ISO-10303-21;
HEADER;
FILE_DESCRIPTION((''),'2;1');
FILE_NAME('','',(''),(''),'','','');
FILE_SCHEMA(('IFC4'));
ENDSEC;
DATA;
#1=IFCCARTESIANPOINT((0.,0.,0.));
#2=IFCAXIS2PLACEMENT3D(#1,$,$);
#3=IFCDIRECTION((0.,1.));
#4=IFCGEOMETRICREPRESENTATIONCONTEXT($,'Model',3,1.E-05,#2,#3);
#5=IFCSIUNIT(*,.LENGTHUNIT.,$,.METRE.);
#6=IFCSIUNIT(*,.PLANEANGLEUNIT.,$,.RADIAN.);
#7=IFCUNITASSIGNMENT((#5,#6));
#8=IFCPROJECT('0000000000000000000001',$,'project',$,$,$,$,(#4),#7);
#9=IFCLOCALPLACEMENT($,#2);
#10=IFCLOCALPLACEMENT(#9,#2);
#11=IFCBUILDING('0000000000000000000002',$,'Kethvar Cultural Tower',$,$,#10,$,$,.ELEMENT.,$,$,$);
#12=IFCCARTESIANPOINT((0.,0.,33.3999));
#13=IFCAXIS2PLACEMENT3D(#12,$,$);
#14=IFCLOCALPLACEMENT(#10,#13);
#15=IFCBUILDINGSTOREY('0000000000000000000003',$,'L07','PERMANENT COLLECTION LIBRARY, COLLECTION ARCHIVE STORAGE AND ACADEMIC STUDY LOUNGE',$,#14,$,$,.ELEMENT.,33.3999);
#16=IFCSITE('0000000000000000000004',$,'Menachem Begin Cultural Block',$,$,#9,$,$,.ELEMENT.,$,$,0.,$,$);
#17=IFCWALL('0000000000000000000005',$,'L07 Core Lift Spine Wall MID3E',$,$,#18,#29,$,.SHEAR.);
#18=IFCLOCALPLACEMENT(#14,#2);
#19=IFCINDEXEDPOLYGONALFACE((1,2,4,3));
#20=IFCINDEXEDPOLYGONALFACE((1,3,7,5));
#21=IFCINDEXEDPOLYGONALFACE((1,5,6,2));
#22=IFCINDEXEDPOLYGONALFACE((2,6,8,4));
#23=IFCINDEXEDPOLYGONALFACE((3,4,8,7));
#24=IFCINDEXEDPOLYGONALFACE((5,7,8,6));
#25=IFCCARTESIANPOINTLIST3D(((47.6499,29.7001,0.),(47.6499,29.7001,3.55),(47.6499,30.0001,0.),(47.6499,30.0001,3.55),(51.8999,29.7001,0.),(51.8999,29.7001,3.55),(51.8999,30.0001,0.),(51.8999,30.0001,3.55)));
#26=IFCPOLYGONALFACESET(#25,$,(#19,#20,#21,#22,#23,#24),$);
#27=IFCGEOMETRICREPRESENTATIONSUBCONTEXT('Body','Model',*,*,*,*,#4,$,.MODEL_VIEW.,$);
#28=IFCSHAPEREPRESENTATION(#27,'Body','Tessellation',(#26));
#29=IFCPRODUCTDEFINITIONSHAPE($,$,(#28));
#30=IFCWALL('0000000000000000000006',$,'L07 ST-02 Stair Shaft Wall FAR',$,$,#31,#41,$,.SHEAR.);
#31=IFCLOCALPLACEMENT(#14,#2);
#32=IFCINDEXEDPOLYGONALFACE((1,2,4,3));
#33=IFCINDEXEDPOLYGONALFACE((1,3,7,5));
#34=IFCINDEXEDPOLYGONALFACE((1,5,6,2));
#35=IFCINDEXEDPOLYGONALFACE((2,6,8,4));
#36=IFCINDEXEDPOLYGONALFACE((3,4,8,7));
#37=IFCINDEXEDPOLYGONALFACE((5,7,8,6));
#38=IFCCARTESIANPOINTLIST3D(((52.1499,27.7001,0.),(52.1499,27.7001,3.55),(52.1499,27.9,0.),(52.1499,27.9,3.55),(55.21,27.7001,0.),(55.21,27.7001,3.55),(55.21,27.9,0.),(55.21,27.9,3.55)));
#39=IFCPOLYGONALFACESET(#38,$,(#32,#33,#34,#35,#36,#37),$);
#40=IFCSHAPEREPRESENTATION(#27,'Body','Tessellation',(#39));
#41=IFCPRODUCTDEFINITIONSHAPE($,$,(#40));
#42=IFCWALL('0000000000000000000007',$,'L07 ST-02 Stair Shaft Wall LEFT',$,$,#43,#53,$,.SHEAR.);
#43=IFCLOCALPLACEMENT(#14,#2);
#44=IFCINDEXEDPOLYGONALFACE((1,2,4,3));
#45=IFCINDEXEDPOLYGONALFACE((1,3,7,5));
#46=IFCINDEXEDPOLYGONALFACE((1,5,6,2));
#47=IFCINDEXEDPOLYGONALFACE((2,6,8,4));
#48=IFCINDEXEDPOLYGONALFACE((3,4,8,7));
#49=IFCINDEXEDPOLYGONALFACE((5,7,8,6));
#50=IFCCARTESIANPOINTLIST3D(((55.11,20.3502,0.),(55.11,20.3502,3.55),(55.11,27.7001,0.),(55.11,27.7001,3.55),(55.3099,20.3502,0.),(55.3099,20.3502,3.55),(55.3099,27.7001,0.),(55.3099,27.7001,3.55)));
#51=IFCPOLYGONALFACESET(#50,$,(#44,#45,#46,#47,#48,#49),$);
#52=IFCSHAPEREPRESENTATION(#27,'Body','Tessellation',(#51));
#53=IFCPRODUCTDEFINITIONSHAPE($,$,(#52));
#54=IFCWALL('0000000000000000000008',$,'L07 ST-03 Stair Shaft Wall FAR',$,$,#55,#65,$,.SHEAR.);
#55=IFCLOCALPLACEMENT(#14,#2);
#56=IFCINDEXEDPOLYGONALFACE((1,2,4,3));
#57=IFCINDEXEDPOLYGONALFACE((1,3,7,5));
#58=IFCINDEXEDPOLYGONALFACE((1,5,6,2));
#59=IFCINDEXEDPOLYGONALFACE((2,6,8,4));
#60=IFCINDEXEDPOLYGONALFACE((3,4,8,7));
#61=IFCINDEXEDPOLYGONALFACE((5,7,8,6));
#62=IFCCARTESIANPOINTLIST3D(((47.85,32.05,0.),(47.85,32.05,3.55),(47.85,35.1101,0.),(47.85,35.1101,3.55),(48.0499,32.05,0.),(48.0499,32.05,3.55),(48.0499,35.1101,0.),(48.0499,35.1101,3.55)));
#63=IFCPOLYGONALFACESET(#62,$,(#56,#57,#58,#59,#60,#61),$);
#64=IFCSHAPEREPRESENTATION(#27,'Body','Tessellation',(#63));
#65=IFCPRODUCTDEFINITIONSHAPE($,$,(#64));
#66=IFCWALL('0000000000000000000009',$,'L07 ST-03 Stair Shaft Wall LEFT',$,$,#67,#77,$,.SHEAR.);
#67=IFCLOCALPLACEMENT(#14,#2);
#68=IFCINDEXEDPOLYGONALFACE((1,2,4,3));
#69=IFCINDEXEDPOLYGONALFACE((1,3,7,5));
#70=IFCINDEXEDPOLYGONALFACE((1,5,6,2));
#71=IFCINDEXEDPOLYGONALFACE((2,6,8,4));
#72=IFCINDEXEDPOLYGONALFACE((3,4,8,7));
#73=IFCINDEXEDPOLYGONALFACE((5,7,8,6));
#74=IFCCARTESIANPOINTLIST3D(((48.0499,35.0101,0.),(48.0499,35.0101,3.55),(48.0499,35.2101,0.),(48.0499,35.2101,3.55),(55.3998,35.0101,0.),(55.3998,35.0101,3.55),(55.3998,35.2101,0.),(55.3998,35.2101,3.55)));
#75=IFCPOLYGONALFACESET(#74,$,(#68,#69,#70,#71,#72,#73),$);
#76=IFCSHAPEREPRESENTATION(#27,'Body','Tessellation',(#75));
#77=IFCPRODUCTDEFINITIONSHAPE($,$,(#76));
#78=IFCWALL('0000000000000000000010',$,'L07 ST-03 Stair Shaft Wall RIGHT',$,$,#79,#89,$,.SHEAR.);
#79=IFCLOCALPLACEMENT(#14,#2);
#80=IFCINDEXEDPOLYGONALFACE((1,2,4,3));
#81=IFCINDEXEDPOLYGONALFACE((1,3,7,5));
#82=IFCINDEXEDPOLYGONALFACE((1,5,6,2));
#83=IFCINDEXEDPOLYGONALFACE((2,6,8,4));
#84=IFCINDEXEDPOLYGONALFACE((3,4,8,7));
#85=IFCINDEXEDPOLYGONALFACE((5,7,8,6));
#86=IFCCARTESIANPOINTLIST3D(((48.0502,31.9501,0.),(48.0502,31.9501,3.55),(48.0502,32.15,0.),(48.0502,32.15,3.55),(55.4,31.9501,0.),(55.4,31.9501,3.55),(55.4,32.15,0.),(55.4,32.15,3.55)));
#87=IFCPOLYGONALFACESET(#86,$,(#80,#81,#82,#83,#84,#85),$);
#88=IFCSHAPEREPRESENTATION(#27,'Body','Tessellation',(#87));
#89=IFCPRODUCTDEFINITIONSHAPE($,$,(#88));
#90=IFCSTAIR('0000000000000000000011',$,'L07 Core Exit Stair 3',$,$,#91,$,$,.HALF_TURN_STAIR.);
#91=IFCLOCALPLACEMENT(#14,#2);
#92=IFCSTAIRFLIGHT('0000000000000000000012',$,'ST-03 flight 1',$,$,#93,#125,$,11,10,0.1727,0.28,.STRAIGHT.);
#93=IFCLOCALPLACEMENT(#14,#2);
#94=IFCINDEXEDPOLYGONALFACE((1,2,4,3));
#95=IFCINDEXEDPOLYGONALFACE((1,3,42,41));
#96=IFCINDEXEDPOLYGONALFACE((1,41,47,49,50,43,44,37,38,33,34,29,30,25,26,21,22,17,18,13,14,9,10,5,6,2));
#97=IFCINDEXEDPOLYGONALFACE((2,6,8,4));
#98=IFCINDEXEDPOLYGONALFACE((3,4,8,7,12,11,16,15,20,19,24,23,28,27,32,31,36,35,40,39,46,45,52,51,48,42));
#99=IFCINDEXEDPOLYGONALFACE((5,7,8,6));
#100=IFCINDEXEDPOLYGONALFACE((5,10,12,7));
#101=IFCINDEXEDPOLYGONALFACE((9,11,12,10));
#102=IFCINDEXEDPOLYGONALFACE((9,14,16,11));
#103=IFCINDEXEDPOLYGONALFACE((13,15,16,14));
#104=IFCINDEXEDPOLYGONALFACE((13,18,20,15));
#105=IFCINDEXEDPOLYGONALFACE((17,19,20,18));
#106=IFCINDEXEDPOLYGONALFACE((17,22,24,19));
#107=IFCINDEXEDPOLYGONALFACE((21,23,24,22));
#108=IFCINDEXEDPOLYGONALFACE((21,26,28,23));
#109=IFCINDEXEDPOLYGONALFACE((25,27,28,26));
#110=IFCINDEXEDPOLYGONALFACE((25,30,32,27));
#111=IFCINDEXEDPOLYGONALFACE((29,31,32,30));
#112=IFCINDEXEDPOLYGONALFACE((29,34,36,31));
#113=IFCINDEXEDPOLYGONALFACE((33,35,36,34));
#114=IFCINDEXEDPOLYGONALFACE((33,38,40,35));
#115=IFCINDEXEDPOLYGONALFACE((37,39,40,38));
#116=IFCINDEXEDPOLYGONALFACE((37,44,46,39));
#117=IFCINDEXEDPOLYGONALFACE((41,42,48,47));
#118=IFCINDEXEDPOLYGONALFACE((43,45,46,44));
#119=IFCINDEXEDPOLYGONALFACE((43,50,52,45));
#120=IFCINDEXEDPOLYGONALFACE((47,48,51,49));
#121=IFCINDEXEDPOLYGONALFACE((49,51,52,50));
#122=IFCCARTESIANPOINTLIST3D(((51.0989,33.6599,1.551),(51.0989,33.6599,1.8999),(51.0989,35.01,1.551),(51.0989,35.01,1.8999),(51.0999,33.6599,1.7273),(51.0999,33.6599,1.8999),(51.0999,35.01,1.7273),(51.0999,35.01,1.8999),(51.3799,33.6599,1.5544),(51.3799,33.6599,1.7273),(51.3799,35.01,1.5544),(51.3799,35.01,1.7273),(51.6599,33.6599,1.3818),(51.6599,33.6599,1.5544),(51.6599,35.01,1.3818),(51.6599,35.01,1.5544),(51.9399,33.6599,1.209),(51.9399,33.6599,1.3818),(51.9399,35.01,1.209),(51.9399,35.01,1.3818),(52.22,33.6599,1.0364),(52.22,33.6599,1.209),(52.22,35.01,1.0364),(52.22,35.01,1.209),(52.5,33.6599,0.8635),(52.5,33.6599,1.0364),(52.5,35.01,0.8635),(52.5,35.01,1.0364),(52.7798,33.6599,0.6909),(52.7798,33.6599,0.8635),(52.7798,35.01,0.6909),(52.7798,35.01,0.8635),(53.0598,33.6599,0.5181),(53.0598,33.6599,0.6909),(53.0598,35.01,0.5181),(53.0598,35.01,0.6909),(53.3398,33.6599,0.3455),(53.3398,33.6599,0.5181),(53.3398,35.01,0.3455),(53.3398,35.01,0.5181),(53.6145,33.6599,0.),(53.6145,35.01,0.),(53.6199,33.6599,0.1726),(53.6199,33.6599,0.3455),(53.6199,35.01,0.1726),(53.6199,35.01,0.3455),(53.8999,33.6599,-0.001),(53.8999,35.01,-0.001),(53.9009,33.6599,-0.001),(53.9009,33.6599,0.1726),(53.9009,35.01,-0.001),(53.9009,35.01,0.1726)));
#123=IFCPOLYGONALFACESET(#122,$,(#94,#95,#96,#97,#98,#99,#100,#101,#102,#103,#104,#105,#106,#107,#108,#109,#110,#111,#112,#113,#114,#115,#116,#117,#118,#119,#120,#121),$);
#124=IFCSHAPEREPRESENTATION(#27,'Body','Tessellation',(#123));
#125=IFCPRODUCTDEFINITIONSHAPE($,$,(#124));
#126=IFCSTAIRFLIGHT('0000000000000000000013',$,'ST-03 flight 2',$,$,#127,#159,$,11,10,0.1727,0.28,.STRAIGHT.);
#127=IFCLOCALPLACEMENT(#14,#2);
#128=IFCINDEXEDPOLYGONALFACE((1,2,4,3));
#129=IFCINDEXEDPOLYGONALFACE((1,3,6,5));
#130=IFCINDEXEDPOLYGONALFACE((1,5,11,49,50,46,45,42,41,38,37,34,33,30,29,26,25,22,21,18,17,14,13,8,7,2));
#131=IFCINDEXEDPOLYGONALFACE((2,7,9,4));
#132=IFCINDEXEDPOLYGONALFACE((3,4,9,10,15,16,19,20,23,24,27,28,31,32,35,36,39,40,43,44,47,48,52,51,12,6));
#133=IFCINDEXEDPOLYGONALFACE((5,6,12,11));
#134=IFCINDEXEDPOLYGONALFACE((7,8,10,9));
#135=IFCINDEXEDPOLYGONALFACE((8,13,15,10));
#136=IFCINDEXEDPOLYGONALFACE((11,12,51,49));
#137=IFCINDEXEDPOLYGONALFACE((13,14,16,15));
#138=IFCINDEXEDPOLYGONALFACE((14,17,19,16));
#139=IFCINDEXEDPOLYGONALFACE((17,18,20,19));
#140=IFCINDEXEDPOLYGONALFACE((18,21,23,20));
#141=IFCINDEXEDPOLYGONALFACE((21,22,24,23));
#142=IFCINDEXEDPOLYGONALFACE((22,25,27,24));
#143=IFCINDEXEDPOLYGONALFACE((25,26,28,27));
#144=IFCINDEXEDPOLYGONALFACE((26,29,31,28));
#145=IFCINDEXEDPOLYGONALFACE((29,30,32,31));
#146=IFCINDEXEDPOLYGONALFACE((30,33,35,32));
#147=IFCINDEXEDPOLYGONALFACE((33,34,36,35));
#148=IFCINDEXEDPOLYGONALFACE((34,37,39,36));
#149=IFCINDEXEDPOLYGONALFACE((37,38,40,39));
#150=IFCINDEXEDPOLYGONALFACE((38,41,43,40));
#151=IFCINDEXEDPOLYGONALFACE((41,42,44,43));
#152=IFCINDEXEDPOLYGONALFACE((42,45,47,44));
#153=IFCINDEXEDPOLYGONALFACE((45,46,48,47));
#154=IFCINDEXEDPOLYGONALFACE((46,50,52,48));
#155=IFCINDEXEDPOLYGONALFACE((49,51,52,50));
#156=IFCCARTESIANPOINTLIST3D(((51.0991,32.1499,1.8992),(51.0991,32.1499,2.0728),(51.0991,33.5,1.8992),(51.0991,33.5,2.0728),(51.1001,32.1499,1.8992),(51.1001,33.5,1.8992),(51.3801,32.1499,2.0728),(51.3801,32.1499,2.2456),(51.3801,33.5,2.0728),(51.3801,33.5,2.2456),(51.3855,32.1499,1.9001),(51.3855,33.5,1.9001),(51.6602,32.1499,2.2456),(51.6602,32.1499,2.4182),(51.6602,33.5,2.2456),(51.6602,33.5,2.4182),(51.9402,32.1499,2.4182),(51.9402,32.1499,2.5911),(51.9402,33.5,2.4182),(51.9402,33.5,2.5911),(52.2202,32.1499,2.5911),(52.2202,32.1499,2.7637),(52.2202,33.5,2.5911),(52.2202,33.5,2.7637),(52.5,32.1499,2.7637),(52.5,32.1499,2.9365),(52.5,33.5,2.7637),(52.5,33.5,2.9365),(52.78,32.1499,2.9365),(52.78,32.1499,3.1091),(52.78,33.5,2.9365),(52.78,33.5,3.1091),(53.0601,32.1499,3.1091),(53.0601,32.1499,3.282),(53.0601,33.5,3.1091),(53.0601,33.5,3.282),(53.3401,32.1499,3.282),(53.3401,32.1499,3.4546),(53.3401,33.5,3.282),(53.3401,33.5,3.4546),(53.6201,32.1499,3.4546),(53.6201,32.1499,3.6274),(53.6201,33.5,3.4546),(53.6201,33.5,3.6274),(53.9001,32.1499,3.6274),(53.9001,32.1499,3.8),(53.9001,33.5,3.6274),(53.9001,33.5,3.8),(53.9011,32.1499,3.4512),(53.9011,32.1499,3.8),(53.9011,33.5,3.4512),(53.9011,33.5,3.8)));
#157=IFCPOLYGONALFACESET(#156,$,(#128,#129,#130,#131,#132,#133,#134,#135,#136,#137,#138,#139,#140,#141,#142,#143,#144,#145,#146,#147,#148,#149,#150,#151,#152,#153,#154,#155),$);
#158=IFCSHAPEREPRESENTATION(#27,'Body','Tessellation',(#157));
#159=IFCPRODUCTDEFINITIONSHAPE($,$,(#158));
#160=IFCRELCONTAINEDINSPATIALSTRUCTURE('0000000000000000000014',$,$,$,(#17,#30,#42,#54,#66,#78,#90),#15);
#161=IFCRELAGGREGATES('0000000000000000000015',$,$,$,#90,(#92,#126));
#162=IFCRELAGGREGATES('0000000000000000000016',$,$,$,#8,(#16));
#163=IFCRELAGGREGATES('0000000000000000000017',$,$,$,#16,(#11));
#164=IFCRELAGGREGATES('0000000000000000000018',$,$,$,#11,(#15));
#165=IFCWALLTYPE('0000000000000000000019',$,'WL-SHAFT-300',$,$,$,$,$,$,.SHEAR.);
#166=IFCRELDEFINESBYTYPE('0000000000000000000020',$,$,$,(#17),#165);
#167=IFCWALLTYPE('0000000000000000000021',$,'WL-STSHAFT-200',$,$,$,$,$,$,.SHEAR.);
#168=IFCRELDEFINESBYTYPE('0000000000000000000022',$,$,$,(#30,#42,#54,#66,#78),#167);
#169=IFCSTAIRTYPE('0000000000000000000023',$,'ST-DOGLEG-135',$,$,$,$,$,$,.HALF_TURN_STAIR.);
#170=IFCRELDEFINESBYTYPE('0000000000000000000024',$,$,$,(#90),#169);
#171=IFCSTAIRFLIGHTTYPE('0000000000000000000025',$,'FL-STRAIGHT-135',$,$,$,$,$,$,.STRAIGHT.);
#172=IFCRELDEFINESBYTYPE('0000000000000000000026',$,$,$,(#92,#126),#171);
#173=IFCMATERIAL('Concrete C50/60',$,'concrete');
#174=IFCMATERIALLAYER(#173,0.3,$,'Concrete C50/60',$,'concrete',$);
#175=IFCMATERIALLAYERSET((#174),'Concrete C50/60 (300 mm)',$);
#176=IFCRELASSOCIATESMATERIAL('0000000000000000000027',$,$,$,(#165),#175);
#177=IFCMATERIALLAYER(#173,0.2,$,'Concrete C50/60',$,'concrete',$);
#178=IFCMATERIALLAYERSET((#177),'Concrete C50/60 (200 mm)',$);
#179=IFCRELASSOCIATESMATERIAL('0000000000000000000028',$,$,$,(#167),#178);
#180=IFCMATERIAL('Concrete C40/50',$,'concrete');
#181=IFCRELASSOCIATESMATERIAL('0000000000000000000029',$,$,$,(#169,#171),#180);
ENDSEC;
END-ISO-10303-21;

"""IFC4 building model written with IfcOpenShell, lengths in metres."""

from ifc_helpers import new_model, si_unit, direction, frame, frame_2d, origin, place, context, subcontext, project, spatial, polyline, rectangle, outline, extrude, material, layer, layer_set, type_object, element, aggregate, save


model = new_model("IFC4")

# Units and contexts
model_context = context("Model", 3, precision=1e-05, world=origin(), true_north=direction((0.0, 1.0)))
body_context = subcontext(model_context, "Body", "Model", "MODEL_VIEW")
ifc_project = project(units=[si_unit("LENGTHUNIT", "METRE"), si_unit("PLANEANGLEUNIT", "RADIAN")], contexts=[model_context])

# Site, building, storey
site_placement = place(None, origin())
site = spatial("IfcSite", under=ifc_project, at=site_placement, Name="Menachem Begin Cultural Block", CompositionType="ELEMENT", RefElevation=0.0)
building_placement = place(site_placement, origin())
building = spatial("IfcBuilding", under=site, at=building_placement, Name="Kethvar Cultural Tower", CompositionType="ELEMENT")
storey_placement = place(building_placement, frame((0.0, 0.0, 33.3999)))
storey = spatial("IfcBuildingStorey", under=building, at=storey_placement, Name="L07", Description="PERMANENT COLLECTION LIBRARY, COLLECTION ARCHIVE STORAGE AND ACADEMIC STUDY LOUNGE", CompositionType="ELEMENT", Elevation=33.3999)

# Walls
ifc_material_1 = material(Name="Concrete C40/50", Category="concrete")
ifc_material_2 = material(Name="Concrete C50/60", Category="concrete")
ifc_layer_1 = layer(ifc_material_2, 0.3, Name="Concrete C50/60", Category="concrete")
ifc_layer_set_1 = layer_set([ifc_layer_1], Name="Concrete C50/60 (300 mm)")
wall_type_1 = type_object("IfcWallType", Name="WL-SHAFT-300", PredefinedType="SHEAR", material=ifc_layer_set_1)
wall_1_placement = place(storey_placement, frame((47.6499, 29.8501, 0.0), z_axis=(0.0, 0.0, 1.0), x_axis=(1.0, 0.0, 0.0)))
element("IfcWall", 1, at=wall_1_placement, inside=storey, type_object=wall_type_1, Name="L07 Core Lift Spine Wall MID3E", PredefinedType="SHEAR", context=body_context, shape_type="SweptSolid", body=[
    extrude(rectangle(XDim=4.25, YDim=0.3, at=frame_2d((2.125, 0.0))), origin(), (0.0, 0.0, 1.0), 3.55),
])
ifc_layer_2 = layer(ifc_material_2, 0.2, Name="Concrete C50/60", Category="concrete")
ifc_layer_set_2 = layer_set([ifc_layer_2], Name="Concrete C50/60 (200 mm)")
wall_type_2 = type_object("IfcWallType", Name="WL-STSHAFT-200", PredefinedType="SHEAR", material=ifc_layer_set_2)
wall_2_placement = place(storey_placement, frame((52.1499, 27.8, 0.0), z_axis=(0.0, 0.0, 1.0), x_axis=(1.0, 0.0, 0.0)))
element("IfcWall", 2, at=wall_2_placement, inside=storey, type_object=wall_type_2, Name="L07 ST-02 Stair Shaft Wall FAR", PredefinedType="SHEAR", context=body_context, shape_type="SweptSolid", body=[
    extrude(rectangle(XDim=3.0601, YDim=0.2, at=frame_2d((1.53, 0.0))), origin(), (0.0, 0.0, 1.0), 3.55),
])
wall_3_placement = place(storey_placement, frame((55.21, 27.7, 0.0), z_axis=(0.0, 0.0, 1.0), x_axis=(0.0, -1.0, 0.0)))
element("IfcWall", 3, at=wall_3_placement, inside=storey, type_object=wall_type_2, Name="L07 ST-02 Stair Shaft Wall LEFT", PredefinedType="SHEAR", context=body_context, shape_type="SweptSolid", body=[
    extrude(rectangle(XDim=7.3499, YDim=0.2, at=frame_2d((3.6748, 0.0))), origin(), (0.0, 0.0, 1.0), 3.55),
])
wall_4_placement = place(storey_placement, frame((47.95, 32.05, 0.0), z_axis=(0.0, 0.0, 1.0), x_axis=(0.0, 1.0, 0.0)))
element("IfcWall", 4, at=wall_4_placement, inside=storey, type_object=wall_type_2, Name="L07 ST-03 Stair Shaft Wall FAR", PredefinedType="SHEAR", context=body_context, shape_type="SweptSolid", body=[
    extrude(rectangle(XDim=3.0601, YDim=0.2, at=frame_2d((1.53, 0.0))), origin(), (0.0, 0.0, 1.0), 3.55),
])
for number, where, z_axis, x_axis, name in (
    (5, (48.05, 35.1101, 0.0), (0.0, 0.0, 1.0), (1.0, 0.0, 0.0), "L07 ST-03 Stair Shaft Wall LEFT"),
    (6, (55.3999, 32.05, 0.0), (0.0, 0.0, 1.0), (-1.0, 0.0, 0.0), "L07 ST-03 Stair Shaft Wall RIGHT"),
):
    element("IfcWall", number, at=place(storey_placement, frame(where, z_axis=z_axis, x_axis=x_axis)), inside=storey, type_object=wall_type_2, Name=name, PredefinedType="SHEAR", context=body_context, shape_type="SweptSolid", body=[
        extrude(rectangle(XDim=7.3499, YDim=0.2, at=frame_2d((3.6748, 0.0))), origin(), (0.0, 0.0, 1.0), 3.55),
    ])

# Stair, stair flights
stair_type = type_object("IfcStairType", Name="ST-DOGLEG-135", PredefinedType="HALF_TURN_STAIR", material=ifc_material_1)
stair_placement = place(storey_placement, origin())
stair = element("IfcStair", 7, at=stair_placement, inside=storey, type_object=stair_type, Name="L07 Core Exit Stair 3", PredefinedType="HALF_TURN_STAIR")
stair_flight_type = type_object("IfcStairFlightType", Name="FL-STRAIGHT-135", PredefinedType="STRAIGHT", material=ifc_material_1)
stair_flight_1_placement = place(storey_placement, frame((53.8999, 34.335, 0.0), z_axis=(0.0, 0.0, 1.0), x_axis=(-1.0, 0.0, 0.0)))
stair_flight_1 = element("IfcStairFlight", 8, at=stair_flight_1_placement, type_object=stair_flight_type, Name="ST-03 flight 1", NumberOfRisers=11, NumberOfTreads=10, PredefinedType="STRAIGHT", RiserHeight=0.1727, TreadLength=0.28, context=body_context, shape_type="SweptSolid", body=[
    extrude(outline(polyline([(-0.001, -0.001), (-0.001, 0.1726), (0.28, 0.1726), (0.28, 0.3455), (0.5601, 0.3455), (0.5601, 0.5181), (0.8401, 0.5181), (0.8401, 0.6909), (1.1201, 0.6909), (1.1201, 0.8635), (1.3999, 0.8635), (1.3999, 1.0364), (1.6799, 1.0364), (1.6799, 1.209), (1.96, 1.209), (1.96, 1.3818), (2.24, 1.3818), (2.24, 1.5544), (2.52, 1.5544), (2.52, 1.7273), (2.8, 1.7273), (2.8, 1.8999), (2.801, 1.8999), (2.801, 1.551), (0.2854, 0.0), (0.0, -0.001), (-0.001, -0.001)])), frame((0.0, 0.675, 0.0), z_axis=(0.0, -1.0, 0.0), x_axis=(1.0, 0.0, 0.0)), (0.0, 0.0, 1.0), 1.3501),
])
stair_flight_2_placement = place(storey_placement, frame((51.1001, 32.825, 1.9001), z_axis=(0.0, 0.0, 1.0), x_axis=(1.0, 0.0, 0.0)))
stair_flight_2 = element("IfcStairFlight", 9, at=stair_flight_2_placement, type_object=stair_flight_type, Name="ST-03 flight 2", NumberOfRisers=11, NumberOfTreads=10, PredefinedType="STRAIGHT", RiserHeight=0.1727, TreadLength=0.28, context=body_context, shape_type="SweptSolid", body=[
    extrude(outline(polyline([(-0.001, -0.001), (-0.001, 0.1726), (0.28, 0.1726), (0.28, 0.3455), (0.5601, 0.3455), (0.5601, 0.5181), (0.8401, 0.5181), (0.8401, 0.6909), (1.1201, 0.6909), (1.1201, 0.8635), (1.3999, 0.8635), (1.3999, 1.0364), (1.6799, 1.0364), (1.6799, 1.209), (1.96, 1.209), (1.96, 1.3818), (2.24, 1.3818), (2.24, 1.5544), (2.52, 1.5544), (2.52, 1.7273), (2.8, 1.7273), (2.8, 1.8999), (2.801, 1.8999), (2.801, 1.551), (0.2854, 0.0), (0.0, -0.001), (-0.001, -0.001)])), frame((0.0, 0.675, 0.0), z_axis=(0.0, -1.0, 0.0), x_axis=(1.0, 0.0, 0.0)), (0.0, 0.0, 1.0), 1.3501),
])
aggregate(stair, [stair_flight_1, stair_flight_2])

save(model, "model.ifc")
